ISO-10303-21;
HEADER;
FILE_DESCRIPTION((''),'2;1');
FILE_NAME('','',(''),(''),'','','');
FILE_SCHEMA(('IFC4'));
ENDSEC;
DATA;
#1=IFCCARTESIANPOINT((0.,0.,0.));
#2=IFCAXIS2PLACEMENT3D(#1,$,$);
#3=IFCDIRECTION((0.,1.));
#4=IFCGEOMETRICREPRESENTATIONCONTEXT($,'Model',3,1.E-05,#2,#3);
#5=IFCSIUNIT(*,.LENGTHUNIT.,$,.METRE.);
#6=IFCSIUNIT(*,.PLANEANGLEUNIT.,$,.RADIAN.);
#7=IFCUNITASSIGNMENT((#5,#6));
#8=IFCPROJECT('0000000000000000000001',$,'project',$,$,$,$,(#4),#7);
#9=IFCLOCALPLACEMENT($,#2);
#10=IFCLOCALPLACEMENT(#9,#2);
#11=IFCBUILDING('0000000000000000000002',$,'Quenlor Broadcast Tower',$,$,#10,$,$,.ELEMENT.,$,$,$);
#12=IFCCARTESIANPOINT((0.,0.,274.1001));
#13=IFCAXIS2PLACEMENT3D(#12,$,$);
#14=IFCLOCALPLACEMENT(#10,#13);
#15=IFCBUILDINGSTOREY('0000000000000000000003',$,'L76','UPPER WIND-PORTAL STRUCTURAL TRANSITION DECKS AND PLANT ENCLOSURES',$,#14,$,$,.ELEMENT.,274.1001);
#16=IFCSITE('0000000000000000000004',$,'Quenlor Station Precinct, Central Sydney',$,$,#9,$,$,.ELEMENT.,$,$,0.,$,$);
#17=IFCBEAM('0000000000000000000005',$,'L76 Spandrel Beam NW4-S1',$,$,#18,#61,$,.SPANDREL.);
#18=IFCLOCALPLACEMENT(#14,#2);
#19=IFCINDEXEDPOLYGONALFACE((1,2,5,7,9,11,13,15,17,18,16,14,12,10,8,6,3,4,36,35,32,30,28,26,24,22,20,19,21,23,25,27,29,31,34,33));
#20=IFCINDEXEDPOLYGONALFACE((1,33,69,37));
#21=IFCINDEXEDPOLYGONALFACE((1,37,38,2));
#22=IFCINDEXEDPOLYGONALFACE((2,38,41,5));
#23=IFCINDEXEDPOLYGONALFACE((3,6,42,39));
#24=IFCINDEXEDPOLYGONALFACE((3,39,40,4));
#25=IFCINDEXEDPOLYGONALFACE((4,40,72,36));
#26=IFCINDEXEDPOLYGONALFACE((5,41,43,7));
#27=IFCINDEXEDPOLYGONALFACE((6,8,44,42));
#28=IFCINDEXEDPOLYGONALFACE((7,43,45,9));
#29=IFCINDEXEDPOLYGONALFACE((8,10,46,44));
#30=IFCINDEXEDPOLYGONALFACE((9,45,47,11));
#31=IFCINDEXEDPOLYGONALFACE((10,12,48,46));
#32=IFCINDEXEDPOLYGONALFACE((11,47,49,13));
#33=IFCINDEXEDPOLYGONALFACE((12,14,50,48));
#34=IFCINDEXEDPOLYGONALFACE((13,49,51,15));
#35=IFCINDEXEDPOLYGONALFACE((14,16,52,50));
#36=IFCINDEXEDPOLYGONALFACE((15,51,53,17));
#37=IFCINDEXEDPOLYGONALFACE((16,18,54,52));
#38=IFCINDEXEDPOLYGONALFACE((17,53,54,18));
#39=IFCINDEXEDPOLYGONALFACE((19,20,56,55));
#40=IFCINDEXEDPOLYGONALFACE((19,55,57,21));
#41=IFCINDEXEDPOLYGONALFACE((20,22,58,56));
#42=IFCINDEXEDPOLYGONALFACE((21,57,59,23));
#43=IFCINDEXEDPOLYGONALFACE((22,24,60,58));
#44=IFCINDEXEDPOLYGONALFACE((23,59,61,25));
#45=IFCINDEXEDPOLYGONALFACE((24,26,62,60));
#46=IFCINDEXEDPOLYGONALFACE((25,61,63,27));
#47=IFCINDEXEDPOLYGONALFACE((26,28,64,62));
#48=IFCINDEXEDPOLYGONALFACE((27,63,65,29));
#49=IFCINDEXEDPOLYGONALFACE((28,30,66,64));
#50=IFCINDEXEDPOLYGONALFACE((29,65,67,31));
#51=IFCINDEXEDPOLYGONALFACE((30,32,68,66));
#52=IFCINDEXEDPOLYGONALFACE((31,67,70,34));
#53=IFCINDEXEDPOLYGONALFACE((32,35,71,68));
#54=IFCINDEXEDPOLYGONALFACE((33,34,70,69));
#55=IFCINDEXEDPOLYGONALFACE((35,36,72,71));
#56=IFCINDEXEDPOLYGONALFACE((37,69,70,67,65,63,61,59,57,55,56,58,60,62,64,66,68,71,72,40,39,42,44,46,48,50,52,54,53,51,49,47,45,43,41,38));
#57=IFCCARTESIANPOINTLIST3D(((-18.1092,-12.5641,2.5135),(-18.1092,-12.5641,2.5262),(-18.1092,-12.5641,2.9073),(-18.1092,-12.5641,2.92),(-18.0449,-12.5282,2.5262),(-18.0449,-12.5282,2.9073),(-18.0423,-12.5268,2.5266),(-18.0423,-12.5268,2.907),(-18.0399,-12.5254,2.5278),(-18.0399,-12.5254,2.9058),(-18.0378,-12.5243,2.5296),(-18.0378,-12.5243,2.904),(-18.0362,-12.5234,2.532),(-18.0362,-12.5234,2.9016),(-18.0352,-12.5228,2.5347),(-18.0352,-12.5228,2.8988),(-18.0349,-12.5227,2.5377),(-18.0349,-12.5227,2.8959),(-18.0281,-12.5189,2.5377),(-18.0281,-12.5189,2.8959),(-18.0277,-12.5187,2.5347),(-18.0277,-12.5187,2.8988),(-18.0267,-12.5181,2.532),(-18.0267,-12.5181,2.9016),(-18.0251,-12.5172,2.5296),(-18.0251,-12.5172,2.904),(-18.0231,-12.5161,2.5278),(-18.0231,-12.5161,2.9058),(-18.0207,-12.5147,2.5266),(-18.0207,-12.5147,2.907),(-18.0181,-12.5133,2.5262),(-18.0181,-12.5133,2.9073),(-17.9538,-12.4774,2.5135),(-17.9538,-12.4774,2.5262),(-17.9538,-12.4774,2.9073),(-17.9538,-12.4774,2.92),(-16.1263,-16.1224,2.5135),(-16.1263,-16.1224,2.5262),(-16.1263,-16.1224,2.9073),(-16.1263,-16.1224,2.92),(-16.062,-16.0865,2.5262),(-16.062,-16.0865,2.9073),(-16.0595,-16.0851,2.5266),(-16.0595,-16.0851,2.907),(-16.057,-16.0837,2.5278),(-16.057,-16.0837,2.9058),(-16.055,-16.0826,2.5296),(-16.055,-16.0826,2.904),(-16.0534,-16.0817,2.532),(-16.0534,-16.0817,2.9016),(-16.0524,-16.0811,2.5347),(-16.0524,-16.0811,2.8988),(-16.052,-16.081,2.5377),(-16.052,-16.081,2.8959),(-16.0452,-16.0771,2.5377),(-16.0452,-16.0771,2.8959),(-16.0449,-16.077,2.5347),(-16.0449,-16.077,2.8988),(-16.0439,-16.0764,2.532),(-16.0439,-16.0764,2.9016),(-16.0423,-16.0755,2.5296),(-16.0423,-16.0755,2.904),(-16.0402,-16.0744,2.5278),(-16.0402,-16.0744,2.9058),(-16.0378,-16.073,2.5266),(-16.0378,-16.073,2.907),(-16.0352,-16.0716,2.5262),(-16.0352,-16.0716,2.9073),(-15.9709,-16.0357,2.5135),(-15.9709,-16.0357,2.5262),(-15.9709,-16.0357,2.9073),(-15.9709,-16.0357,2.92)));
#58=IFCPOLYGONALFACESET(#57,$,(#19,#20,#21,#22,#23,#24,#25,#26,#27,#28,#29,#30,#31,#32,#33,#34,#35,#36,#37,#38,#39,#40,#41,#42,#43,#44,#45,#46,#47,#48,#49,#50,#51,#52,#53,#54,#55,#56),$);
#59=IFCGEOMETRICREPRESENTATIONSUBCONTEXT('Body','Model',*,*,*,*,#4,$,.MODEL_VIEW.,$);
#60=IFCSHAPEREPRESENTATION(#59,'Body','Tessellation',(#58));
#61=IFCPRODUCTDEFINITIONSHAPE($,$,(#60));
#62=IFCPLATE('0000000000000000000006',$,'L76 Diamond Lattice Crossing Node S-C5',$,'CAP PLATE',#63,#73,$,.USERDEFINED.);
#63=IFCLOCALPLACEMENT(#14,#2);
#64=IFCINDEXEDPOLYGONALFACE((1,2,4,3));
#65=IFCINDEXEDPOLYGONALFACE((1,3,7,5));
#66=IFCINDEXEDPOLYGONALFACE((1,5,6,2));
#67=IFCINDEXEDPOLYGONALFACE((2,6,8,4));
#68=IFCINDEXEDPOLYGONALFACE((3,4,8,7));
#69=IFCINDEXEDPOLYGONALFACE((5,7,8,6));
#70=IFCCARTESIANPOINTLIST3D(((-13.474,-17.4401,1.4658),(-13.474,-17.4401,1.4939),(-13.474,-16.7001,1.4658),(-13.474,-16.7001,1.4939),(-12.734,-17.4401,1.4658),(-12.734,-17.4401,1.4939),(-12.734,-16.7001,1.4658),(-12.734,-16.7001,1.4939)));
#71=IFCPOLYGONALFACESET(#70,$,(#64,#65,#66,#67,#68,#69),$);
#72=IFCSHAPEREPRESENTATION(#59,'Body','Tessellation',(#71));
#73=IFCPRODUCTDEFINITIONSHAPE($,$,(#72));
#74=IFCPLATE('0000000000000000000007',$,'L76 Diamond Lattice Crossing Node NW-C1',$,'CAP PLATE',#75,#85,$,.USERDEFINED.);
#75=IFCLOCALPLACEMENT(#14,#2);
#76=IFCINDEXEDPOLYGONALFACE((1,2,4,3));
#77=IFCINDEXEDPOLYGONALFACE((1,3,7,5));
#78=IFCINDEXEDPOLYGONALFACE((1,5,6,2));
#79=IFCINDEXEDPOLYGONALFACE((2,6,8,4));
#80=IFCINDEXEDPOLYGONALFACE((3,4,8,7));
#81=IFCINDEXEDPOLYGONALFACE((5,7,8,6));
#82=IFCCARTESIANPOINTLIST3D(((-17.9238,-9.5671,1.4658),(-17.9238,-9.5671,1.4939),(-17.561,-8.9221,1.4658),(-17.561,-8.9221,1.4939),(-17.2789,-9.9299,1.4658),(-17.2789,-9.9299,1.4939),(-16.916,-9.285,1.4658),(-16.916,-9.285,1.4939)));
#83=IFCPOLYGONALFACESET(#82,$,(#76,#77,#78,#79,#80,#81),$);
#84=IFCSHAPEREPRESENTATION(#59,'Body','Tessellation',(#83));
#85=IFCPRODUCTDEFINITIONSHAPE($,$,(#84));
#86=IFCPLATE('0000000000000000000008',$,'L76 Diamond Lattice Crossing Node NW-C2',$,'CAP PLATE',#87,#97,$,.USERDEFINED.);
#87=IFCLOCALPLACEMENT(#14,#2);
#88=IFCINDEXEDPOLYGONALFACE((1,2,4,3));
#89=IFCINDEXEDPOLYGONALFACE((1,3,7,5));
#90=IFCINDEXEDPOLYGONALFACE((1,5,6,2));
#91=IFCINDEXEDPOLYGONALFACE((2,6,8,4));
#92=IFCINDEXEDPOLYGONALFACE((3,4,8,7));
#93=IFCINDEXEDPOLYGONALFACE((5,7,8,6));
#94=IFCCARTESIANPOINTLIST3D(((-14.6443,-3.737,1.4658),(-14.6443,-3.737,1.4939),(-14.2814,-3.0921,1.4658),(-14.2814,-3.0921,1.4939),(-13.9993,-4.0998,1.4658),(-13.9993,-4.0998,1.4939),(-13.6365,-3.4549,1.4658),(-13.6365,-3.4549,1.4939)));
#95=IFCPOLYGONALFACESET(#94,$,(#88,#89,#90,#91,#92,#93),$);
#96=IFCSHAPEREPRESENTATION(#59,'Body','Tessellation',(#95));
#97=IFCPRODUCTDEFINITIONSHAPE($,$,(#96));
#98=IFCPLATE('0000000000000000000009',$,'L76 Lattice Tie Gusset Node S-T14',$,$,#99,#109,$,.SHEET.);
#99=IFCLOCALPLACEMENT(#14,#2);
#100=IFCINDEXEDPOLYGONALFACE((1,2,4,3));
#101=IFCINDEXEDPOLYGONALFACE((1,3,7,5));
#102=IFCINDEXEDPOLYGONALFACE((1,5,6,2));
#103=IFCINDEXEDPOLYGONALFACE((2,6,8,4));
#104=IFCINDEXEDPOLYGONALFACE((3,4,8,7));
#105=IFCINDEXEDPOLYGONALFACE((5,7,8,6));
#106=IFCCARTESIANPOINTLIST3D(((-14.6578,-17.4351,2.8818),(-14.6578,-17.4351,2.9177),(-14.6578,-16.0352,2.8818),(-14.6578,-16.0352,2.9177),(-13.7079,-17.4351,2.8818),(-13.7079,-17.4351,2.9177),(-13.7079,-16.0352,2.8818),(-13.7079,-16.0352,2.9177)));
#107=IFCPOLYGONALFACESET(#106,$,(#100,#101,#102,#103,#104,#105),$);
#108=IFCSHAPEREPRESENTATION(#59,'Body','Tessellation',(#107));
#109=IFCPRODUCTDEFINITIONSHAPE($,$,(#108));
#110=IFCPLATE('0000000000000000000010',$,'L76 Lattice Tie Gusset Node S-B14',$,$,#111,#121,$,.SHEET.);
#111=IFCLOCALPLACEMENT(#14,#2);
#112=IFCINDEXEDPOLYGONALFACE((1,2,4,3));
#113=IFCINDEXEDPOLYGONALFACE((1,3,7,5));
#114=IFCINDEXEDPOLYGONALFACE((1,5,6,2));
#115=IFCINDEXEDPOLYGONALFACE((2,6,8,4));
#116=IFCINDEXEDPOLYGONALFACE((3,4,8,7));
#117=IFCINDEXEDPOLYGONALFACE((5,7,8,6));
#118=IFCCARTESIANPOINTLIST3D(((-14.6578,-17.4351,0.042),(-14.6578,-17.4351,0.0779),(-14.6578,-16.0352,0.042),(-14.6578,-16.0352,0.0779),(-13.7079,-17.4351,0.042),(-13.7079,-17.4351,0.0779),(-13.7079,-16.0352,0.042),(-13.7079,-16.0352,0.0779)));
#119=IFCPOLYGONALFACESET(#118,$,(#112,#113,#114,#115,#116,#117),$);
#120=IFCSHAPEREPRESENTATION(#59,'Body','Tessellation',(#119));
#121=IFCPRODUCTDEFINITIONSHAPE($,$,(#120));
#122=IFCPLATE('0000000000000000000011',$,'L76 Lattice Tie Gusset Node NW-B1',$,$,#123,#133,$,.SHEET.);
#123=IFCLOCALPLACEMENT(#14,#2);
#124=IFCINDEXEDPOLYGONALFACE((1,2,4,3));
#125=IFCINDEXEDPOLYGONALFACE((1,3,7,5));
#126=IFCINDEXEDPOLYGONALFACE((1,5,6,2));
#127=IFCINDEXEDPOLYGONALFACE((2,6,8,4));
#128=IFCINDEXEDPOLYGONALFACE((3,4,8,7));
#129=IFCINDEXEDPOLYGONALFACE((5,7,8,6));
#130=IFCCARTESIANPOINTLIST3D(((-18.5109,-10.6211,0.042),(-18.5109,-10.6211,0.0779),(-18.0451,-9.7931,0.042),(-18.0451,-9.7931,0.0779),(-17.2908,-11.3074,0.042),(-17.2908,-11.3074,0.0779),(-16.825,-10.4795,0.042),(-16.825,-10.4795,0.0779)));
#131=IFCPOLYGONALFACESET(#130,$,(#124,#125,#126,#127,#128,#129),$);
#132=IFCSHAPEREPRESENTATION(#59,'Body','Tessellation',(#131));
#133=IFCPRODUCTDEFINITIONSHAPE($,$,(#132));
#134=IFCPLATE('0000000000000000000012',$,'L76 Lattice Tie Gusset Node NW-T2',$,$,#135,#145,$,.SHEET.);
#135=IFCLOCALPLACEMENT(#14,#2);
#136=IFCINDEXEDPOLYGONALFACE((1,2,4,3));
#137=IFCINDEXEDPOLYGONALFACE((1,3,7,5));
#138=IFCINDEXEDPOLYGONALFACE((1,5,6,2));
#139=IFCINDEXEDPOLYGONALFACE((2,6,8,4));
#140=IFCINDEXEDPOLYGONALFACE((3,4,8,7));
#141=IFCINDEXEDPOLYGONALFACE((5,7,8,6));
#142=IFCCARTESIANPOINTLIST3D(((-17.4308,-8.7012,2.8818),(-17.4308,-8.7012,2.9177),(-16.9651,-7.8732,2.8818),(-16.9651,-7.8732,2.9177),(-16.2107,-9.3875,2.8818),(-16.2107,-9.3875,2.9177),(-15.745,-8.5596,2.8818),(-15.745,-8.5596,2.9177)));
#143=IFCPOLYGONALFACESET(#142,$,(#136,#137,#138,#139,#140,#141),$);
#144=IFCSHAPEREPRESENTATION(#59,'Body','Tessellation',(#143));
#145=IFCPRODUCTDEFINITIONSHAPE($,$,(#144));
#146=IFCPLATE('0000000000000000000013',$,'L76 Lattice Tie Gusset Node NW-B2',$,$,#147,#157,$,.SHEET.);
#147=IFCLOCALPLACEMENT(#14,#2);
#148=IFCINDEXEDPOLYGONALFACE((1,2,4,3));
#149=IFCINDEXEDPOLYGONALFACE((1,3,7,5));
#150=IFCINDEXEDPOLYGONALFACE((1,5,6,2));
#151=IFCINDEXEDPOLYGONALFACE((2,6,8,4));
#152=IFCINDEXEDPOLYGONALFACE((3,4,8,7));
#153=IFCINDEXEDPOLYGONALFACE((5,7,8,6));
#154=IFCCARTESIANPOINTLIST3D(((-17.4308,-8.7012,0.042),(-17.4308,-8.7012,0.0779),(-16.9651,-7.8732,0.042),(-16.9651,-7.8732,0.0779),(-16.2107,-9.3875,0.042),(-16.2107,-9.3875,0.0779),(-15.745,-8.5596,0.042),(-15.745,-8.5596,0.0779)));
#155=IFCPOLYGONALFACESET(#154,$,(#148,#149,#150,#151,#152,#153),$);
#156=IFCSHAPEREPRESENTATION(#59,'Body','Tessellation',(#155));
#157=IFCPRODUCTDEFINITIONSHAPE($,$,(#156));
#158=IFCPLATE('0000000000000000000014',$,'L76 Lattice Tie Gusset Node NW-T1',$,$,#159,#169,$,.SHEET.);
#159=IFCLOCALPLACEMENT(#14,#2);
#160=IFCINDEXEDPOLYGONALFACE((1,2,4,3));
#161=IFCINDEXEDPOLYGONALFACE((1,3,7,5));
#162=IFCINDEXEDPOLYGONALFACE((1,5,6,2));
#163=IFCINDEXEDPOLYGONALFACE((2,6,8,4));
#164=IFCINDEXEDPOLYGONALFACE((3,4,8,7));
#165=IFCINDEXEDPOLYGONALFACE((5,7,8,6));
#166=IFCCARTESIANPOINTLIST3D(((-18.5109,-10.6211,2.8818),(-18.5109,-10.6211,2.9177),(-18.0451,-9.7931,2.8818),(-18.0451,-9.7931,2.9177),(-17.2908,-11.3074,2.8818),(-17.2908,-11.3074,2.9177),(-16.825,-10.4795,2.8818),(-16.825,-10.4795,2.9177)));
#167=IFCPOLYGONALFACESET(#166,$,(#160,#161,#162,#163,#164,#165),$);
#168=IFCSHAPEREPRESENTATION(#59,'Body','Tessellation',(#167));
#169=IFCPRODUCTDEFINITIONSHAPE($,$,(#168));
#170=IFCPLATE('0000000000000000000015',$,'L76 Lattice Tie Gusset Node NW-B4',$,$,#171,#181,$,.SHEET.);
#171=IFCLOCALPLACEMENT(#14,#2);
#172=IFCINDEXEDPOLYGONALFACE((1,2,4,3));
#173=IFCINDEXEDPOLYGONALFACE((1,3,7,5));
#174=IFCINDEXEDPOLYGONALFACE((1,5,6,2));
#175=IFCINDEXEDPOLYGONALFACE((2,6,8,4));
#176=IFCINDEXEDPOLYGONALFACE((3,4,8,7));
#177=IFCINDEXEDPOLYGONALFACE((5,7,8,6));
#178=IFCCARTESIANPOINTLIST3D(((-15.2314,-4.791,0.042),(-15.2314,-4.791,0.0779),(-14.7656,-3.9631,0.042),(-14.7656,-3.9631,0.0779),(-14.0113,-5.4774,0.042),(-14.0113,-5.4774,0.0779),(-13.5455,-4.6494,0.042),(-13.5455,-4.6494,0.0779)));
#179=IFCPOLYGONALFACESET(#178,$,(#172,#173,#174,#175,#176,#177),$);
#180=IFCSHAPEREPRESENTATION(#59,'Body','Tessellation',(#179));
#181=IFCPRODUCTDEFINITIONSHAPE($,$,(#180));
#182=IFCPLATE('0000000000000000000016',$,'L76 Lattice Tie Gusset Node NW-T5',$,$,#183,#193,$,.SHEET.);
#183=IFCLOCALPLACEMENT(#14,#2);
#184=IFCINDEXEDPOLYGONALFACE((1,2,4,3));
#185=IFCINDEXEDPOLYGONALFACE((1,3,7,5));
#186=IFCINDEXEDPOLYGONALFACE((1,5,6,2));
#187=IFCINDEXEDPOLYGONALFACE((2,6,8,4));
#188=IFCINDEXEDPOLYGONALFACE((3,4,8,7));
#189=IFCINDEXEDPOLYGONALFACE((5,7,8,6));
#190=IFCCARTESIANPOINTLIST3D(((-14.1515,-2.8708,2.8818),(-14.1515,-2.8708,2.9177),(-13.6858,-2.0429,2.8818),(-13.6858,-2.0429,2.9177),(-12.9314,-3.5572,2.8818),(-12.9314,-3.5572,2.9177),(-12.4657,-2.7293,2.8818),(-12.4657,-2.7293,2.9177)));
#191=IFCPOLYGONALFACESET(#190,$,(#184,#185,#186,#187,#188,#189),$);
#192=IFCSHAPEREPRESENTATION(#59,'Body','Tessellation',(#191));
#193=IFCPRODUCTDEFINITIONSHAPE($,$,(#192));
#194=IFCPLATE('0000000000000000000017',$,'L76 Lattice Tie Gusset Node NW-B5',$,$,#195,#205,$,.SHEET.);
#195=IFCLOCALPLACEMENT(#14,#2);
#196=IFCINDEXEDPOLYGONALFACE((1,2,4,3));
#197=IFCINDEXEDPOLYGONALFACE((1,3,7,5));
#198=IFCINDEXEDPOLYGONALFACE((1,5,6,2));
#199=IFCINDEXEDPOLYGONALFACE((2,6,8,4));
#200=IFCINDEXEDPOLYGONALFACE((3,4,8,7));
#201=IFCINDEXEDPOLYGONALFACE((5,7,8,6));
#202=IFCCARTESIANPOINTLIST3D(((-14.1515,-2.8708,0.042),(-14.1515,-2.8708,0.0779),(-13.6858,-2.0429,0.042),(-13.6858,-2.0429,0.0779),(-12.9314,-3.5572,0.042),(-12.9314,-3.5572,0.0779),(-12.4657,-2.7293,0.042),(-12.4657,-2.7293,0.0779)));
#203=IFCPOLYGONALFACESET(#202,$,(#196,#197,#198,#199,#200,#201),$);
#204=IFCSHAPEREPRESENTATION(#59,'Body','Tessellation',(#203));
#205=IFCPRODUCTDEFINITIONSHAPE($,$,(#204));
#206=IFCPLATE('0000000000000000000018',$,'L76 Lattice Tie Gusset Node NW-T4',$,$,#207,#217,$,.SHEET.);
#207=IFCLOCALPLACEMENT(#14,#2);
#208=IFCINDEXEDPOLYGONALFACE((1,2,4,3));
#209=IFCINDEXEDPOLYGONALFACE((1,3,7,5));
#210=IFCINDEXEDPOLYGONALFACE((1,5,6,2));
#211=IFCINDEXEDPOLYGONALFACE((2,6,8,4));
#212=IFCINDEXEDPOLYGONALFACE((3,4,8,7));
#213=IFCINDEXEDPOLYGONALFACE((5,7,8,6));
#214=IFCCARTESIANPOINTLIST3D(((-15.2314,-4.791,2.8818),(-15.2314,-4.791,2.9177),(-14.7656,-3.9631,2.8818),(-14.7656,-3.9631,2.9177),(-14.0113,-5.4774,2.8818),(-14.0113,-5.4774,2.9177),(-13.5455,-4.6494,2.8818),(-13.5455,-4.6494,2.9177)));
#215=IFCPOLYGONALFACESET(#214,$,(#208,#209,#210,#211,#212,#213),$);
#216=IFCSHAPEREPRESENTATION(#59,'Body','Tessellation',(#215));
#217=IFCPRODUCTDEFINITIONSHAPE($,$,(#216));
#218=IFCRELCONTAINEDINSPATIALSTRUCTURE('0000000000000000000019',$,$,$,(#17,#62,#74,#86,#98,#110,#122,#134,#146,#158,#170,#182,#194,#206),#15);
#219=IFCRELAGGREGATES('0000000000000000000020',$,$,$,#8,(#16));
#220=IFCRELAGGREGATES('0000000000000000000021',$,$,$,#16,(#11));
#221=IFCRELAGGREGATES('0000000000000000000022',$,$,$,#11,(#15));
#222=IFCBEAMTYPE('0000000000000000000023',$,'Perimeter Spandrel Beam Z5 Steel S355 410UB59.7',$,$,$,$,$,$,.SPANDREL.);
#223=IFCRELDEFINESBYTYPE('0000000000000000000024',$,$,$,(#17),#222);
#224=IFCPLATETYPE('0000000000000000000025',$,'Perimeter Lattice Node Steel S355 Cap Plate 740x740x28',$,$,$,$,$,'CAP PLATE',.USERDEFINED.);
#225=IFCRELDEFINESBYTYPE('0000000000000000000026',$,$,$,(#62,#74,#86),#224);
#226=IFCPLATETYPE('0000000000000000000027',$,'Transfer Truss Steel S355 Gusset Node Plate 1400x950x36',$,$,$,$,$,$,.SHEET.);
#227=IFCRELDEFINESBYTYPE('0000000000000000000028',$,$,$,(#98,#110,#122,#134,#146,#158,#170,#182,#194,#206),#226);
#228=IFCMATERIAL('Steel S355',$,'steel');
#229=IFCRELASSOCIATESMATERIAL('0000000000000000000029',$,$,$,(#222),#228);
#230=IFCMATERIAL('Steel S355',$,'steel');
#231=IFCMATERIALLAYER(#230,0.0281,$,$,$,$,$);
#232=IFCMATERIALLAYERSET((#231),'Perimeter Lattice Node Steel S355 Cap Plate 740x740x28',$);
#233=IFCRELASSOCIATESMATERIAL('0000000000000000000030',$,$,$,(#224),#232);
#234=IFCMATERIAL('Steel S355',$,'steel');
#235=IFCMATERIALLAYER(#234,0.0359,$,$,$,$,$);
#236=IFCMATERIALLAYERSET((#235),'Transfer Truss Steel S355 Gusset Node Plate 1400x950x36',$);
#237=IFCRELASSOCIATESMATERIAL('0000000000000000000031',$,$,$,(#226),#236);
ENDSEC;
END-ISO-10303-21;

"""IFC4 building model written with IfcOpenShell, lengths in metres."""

from ifc_helpers import new_model, si_unit, direction, frame, origin, origin_2d, place, context, subcontext, project, spatial, rectangle, i_section, extrude, material, layer, layer_set, material_profile, profile_set, type_object, element, save


model = new_model("IFC4")

# Units and contexts
model_context = context("Model", 3, precision=1e-05, world=origin(), true_north=direction((0.0, 1.0)))
body_context = subcontext(model_context, "Body", "Model", "MODEL_VIEW")
ifc_project = project(units=[si_unit("LENGTHUNIT", "METRE"), si_unit("PLANEANGLEUNIT", "RADIAN")], contexts=[model_context])

# Site, building, storey
site_placement = place(None, origin())
site = spatial("IfcSite", under=ifc_project, at=site_placement, Name="Quenlor Station Precinct, Central Sydney", CompositionType="ELEMENT", RefElevation=0.0)
building_placement = place(site_placement, origin())
building = spatial("IfcBuilding", under=site, at=building_placement, Name="Quenlor Broadcast Tower", CompositionType="ELEMENT")
storey_placement = place(building_placement, frame((0.0, 0.0, 274.1001)))
storey = spatial("IfcBuildingStorey", under=building, at=storey_placement, Name="L76", Description="UPPER WIND-PORTAL STRUCTURAL TRANSITION DECKS AND PLANT ENCLOSURES", CompositionType="ELEMENT", Elevation=274.1001)

# Beam
ifc_material_1 = material(Name="Steel S355", Category="steel")
ifc_material_profile_1 = material_profile(ifc_material_1, i_section(OverallWidth=0.178, OverallDepth=0.4065, WebThickness=0.0078, FlangeThickness=0.0127, FilletRadius=0.0115, at=origin_2d()))
ifc_profile_set_1 = profile_set([ifc_material_profile_1], Name="Steel S355 410UB59.7")
beam_type_1 = type_object("IfcBeamType", Name="Perimeter Spandrel Beam Z5 Steel S355 410UB59.7", PredefinedType="SPANDREL", material=ifc_profile_set_1)
beam_1_placement = place(storey_placement, frame((-18.0315, -12.5208, 2.7168), z_axis=(0.486777, -0.873526, 0.0), x_axis=(0.873526, 0.486777, 0.0)))
element("IfcBeam", 1, at=beam_1_placement, inside=storey, type_object=beam_type_1, Name="L76 Spandrel Beam NW4-S1", PredefinedType="SPANDREL", context=body_context, shape_type="SweptSolid", body=[
    extrude(i_section(OverallWidth=0.178, OverallDepth=0.4065, WebThickness=0.0078, FlangeThickness=0.0127, FilletRadius=0.0115, at=origin_2d()), origin(), (0.0, 0.0, 1.0), 4.0735),
])

# Plates
ifc_material_2 = material(Name="Steel S355", Category="steel")
ifc_layer_1 = layer(ifc_material_2, 0.0281)
ifc_layer_set_1 = layer_set([ifc_layer_1], Name="Perimeter Lattice Node Steel S355 Cap Plate 740x740x28")
plate_type_1 = type_object("IfcPlateType", Name="Perimeter Lattice Node Steel S355 Cap Plate 740x740x28", ElementType="CAP PLATE", PredefinedType="USERDEFINED", material=ifc_layer_set_1)
for number, where, z_axis, x_axis, name in (
    (2, (-13.104, -17.0701, 1.4658), (0.0, 0.0, 1.0), (-1.0, 0.0, 0.0), "L76 Diamond Lattice Crossing Node S-C5"),
    (3, (-17.4199, -9.426, 1.4658), (0.0, 0.0, 1.0), (0.490295, 0.871556, 0.0), "L76 Diamond Lattice Crossing Node NW-C1"),
    (4, (-14.1404, -3.5959, 1.4658), (0.0, 0.0, 1.0), (0.490295, 0.871556, 0.0), "L76 Diamond Lattice Crossing Node NW-C2"),
):
    element("IfcPlate", number, at=place(storey_placement, frame(where, z_axis=z_axis, x_axis=x_axis)), inside=storey, type_object=plate_type_1, Name=name, ObjectType="CAP PLATE", PredefinedType="USERDEFINED", context=body_context, shape_type="SweptSolid", body=[
        extrude(rectangle(XDim=0.74, YDim=0.74, at=origin_2d()), origin(), (0.0, 0.0, 1.0), 0.0281),
    ])
ifc_material_3 = material(Name="Steel S355", Category="steel")
ifc_layer_2 = layer(ifc_material_3, 0.0359)
ifc_layer_set_2 = layer_set([ifc_layer_2], Name="Transfer Truss Steel S355 Gusset Node Plate 1400x950x36")
plate_type_2 = type_object("IfcPlateType", Name="Transfer Truss Steel S355 Gusset Node Plate 1400x950x36", PredefinedType="SHEET", material=ifc_layer_set_2)
for number, where, z_axis, x_axis, name in (
    (5, (-14.1829, -16.7351, 2.8818), (0.0, 0.0, 1.0), (0.0, -1.0, 0.0), "L76 Lattice Tie Gusset Node S-T14"),
    (6, (-14.1829, -16.7351, 0.042), (0.0, 0.0, 1.0), (0.0, -1.0, 0.0), "L76 Lattice Tie Gusset Node S-B14"),
    (7, (-17.668, -10.5503, 0.042), (0.0, 0.0, 1.0), (-0.871556, 0.490295, 0.0), "L76 Lattice Tie Gusset Node NW-B1"),
    (8, (-16.5879, -8.6304, 2.8818), (0.0, 0.0, 1.0), (-0.871556, 0.490295, 0.0), "L76 Lattice Tie Gusset Node NW-T2"),
    (9, (-16.5879, -8.6304, 0.042), (0.0, 0.0, 1.0), (-0.871556, 0.490295, 0.0), "L76 Lattice Tie Gusset Node NW-B2"),
    (10, (-17.668, -10.5503, 2.8818), (0.0, 0.0, 1.0), (-0.871556, 0.490295, 0.0), "L76 Lattice Tie Gusset Node NW-T1"),
    (11, (-14.3884, -4.7202, 0.042), (0.0, 0.0, 1.0), (-0.871556, 0.490295, 0.0), "L76 Lattice Tie Gusset Node NW-B4"),
    (12, (-13.3086, -2.8, 2.8818), (0.0, 0.0, 1.0), (-0.871556, 0.490295, 0.0), "L76 Lattice Tie Gusset Node NW-T5"),
    (13, (-13.3086, -2.8, 0.042), (0.0, 0.0, 1.0), (-0.871556, 0.490295, 0.0), "L76 Lattice Tie Gusset Node NW-B5"),
    (14, (-14.3884, -4.7202, 2.8818), (0.0, 0.0, 1.0), (-0.871556, 0.490295, 0.0), "L76 Lattice Tie Gusset Node NW-T4"),
):
    element("IfcPlate", number, at=place(storey_placement, frame(where, z_axis=z_axis, x_axis=x_axis)), inside=storey, type_object=plate_type_2, Name=name, PredefinedType="SHEET", context=body_context, shape_type="SweptSolid", body=[
        extrude(rectangle(XDim=1.3999, YDim=0.95, at=origin_2d()), origin(), (0.0, 0.0, 1.0), 0.0359),
    ])

save(model, "model.ifc")
